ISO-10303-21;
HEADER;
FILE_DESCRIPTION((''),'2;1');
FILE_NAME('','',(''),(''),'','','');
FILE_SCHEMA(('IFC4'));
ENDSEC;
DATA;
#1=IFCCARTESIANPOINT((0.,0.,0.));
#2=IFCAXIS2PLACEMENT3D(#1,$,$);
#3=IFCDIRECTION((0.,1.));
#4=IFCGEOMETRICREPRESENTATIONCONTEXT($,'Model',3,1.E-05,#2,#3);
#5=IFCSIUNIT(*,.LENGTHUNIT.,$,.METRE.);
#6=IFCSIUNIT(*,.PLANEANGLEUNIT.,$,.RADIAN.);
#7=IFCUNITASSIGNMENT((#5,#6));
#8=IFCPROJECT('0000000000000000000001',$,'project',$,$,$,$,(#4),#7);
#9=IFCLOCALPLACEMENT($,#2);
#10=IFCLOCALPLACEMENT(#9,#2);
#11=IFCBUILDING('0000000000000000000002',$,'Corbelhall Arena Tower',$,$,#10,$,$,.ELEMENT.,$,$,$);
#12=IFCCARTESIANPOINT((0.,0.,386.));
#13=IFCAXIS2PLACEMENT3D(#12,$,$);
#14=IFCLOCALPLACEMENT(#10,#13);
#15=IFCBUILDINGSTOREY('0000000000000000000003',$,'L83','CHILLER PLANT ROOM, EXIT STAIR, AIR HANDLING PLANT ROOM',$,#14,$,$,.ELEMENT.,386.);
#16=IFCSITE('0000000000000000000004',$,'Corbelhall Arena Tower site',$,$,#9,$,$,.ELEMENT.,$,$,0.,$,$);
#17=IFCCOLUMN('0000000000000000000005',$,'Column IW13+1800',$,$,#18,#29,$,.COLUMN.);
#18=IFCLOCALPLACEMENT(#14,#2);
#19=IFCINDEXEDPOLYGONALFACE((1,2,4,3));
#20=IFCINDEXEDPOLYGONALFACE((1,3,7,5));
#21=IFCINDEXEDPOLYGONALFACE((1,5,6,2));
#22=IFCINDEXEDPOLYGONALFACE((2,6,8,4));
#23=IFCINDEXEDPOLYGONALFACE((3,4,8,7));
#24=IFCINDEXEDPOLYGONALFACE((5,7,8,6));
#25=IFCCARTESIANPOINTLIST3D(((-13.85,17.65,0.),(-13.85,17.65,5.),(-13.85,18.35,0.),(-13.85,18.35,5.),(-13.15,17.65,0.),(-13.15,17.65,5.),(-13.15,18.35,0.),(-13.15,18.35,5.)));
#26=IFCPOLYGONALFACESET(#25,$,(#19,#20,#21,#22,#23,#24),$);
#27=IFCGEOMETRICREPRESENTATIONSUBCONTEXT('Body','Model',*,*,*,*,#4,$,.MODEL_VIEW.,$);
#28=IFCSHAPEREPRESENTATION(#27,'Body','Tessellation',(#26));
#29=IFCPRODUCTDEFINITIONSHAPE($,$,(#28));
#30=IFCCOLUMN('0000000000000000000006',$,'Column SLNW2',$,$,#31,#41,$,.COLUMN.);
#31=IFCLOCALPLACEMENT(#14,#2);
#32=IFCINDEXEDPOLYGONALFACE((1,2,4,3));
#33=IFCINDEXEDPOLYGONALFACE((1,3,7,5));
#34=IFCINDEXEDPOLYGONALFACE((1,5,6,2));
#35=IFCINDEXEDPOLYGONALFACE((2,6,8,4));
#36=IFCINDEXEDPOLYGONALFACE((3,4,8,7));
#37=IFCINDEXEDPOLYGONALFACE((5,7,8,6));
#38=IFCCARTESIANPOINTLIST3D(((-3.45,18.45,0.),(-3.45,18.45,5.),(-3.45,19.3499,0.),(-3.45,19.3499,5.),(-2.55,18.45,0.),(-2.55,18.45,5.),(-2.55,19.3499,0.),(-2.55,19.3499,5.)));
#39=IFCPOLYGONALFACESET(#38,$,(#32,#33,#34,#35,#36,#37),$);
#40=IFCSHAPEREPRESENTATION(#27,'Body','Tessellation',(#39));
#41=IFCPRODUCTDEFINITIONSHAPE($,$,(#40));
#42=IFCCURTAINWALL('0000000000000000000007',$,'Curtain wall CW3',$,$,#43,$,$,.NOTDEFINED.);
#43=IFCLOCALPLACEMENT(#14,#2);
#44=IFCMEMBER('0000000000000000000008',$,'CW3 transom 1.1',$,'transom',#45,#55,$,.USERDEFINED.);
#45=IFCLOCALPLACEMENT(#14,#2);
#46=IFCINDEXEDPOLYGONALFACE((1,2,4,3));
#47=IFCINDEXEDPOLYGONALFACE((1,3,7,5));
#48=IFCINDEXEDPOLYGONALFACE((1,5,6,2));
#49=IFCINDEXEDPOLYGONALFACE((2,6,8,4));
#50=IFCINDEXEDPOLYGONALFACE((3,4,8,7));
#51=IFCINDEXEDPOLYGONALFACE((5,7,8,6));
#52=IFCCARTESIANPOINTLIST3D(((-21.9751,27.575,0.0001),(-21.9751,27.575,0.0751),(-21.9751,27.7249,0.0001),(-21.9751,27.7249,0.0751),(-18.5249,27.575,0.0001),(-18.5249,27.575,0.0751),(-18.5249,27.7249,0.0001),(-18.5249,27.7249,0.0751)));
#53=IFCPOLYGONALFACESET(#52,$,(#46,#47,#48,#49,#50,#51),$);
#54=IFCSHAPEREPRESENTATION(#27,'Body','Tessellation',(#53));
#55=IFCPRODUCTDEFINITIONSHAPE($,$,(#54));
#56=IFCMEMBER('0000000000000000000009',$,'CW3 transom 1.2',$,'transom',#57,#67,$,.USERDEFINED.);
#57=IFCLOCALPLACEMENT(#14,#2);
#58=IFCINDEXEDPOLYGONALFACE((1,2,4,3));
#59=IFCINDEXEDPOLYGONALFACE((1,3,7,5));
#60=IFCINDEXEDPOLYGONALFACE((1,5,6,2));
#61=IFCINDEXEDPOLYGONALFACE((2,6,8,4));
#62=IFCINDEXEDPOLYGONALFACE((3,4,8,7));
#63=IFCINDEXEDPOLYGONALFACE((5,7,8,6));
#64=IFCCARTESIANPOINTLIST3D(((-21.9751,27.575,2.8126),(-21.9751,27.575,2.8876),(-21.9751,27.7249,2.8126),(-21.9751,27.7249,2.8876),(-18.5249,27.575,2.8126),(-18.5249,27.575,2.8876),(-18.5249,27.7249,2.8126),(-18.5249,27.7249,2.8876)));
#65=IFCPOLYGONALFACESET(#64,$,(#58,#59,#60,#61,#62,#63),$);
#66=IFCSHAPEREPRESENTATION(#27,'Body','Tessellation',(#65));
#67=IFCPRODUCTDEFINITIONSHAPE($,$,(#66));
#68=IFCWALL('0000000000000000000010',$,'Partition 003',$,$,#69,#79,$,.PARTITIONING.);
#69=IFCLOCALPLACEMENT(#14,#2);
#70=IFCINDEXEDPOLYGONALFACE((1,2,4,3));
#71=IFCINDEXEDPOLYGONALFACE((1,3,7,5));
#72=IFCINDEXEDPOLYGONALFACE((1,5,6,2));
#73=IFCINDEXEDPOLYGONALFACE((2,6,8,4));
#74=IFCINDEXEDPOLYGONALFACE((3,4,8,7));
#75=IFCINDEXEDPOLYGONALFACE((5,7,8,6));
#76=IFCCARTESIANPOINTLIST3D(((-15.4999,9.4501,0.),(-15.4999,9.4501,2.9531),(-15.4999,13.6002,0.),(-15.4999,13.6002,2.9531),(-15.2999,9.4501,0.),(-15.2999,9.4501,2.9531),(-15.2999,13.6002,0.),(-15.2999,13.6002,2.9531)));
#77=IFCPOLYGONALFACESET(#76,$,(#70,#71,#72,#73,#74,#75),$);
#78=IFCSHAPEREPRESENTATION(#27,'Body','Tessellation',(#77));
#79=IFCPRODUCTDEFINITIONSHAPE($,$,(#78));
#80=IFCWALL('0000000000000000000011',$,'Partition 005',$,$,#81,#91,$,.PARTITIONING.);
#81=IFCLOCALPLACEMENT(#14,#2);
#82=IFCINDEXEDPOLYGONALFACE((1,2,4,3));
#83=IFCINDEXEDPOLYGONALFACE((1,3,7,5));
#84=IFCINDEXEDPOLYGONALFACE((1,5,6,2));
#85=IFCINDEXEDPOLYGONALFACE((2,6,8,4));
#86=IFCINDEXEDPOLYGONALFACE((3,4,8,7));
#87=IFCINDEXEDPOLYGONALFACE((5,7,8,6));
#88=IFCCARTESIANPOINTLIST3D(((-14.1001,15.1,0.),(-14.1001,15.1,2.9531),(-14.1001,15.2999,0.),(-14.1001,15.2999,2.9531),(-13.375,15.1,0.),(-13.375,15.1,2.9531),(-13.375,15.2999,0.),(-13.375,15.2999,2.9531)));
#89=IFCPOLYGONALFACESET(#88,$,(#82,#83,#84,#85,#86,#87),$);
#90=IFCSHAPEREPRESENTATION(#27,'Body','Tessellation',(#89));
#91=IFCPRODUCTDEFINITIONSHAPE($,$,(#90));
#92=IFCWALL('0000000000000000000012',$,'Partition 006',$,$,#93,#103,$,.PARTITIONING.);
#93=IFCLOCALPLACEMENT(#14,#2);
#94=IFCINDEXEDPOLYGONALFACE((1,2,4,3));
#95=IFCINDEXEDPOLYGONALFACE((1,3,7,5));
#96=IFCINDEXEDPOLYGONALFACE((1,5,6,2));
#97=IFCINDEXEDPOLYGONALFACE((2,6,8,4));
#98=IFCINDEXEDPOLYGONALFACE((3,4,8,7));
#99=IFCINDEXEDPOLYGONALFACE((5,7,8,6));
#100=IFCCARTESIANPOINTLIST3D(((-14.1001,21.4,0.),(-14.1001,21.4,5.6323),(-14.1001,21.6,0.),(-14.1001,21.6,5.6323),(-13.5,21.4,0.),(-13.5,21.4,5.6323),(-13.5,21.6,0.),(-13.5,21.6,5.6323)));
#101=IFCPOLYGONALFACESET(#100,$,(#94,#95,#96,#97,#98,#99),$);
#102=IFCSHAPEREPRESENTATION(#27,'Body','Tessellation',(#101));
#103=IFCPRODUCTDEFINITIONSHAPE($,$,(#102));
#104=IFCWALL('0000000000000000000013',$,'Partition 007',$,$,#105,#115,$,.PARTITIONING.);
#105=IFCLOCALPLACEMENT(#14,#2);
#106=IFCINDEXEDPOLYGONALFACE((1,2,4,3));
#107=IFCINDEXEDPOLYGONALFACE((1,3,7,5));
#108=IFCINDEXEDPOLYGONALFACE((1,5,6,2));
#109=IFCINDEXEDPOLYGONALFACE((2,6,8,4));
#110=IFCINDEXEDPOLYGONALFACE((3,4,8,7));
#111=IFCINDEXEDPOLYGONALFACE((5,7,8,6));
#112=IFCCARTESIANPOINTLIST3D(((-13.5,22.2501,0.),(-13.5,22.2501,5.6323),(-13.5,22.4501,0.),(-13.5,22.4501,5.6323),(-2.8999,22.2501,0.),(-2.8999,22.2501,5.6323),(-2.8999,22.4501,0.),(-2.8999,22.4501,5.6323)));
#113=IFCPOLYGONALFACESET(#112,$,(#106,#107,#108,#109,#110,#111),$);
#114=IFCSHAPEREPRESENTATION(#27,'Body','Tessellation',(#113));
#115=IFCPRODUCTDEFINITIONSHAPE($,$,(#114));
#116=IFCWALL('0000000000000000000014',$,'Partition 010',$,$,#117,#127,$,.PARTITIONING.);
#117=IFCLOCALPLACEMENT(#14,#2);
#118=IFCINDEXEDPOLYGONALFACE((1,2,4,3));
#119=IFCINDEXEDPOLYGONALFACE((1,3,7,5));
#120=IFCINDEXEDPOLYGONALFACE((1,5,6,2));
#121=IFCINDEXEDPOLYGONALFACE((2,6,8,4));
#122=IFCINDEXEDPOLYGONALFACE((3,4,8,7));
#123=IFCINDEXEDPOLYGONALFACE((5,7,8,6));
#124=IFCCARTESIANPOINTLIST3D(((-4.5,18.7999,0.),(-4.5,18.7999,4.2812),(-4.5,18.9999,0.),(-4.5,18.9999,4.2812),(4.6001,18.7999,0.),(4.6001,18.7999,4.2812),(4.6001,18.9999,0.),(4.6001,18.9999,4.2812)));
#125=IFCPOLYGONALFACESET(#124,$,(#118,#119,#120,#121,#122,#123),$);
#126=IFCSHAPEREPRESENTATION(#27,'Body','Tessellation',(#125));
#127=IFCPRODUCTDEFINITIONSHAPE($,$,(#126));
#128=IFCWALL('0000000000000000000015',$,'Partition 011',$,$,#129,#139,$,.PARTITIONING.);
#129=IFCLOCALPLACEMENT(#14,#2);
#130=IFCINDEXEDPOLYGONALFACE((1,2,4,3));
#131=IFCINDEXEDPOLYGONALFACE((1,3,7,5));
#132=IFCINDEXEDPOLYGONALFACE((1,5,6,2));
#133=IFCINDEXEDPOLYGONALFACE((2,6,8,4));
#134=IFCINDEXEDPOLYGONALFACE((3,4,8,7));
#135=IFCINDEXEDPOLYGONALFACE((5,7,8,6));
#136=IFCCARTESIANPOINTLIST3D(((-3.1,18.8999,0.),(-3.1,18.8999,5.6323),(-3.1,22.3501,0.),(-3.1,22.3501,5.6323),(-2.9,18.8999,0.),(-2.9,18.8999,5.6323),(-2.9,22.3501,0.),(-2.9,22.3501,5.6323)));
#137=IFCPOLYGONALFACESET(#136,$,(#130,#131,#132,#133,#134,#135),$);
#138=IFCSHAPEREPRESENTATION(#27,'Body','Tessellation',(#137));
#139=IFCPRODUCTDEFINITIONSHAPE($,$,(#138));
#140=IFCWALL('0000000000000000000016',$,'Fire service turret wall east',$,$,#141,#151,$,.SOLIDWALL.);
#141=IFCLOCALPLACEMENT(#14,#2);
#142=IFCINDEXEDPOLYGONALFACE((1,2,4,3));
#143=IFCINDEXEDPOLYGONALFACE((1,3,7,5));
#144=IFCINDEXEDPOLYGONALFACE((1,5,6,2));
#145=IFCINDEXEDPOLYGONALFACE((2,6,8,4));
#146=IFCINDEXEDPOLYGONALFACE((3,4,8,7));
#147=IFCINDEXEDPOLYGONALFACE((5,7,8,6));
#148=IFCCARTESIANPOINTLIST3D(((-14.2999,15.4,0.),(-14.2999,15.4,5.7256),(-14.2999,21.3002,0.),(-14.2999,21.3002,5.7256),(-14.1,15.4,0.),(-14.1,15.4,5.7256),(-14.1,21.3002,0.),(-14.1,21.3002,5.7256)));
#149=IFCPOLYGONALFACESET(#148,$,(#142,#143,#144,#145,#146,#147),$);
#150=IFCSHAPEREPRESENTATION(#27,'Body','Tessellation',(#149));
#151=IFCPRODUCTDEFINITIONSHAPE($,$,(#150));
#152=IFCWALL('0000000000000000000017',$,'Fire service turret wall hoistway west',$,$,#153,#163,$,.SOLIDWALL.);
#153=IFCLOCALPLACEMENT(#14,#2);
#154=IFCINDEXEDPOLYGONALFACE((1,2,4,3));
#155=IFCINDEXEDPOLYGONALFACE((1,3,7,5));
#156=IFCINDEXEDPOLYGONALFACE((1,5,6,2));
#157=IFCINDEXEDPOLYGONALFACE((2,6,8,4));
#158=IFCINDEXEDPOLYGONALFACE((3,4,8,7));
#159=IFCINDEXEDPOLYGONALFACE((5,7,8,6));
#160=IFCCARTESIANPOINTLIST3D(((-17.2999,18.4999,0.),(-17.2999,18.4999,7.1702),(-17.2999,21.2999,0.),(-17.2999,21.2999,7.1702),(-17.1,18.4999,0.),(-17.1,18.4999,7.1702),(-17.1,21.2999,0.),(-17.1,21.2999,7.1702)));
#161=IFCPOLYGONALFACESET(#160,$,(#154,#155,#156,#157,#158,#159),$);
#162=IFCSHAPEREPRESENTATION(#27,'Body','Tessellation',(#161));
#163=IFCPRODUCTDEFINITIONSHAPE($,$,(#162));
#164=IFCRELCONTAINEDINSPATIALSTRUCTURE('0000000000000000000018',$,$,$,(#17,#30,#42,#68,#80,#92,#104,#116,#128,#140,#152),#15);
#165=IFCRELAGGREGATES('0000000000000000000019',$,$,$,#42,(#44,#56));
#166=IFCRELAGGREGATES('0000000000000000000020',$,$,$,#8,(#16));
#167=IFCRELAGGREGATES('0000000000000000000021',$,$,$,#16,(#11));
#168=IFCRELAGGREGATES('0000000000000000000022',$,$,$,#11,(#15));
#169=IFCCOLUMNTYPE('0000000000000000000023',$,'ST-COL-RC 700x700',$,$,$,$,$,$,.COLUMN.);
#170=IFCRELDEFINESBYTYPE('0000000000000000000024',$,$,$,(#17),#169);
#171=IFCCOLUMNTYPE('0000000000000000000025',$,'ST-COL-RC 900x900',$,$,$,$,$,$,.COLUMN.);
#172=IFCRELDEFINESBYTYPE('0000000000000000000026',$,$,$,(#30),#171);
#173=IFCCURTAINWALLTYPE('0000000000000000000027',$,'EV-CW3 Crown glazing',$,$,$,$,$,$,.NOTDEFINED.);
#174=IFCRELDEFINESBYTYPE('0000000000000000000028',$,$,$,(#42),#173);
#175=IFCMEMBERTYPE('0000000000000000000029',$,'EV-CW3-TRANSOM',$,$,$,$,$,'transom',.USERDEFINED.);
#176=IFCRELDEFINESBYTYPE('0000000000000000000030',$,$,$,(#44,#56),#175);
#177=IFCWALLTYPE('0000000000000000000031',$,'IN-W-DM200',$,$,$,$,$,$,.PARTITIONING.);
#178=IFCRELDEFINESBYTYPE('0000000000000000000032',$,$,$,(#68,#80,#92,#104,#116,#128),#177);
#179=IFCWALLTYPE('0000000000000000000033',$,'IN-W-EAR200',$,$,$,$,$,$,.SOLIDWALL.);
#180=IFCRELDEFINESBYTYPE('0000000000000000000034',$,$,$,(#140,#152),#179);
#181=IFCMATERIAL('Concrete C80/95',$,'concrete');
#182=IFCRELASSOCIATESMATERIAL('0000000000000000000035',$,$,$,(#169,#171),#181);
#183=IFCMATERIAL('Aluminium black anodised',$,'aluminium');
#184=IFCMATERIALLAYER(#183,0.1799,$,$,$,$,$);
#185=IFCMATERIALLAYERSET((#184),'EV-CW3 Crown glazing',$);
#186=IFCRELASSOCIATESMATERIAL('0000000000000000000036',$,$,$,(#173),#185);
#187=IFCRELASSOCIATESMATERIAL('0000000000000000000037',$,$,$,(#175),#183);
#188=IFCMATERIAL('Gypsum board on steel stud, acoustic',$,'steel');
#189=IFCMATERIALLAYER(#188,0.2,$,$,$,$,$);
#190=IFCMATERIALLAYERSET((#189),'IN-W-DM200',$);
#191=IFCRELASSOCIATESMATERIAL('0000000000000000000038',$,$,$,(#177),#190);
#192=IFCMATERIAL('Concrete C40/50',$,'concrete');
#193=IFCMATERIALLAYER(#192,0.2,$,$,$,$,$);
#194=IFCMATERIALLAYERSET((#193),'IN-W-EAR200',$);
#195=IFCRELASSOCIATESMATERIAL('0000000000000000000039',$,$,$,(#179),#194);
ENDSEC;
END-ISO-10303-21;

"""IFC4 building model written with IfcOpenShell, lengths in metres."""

from ifc_helpers import new_model, si_unit, direction, frame, frame_2d, origin, origin_2d, place, context, subcontext, project, spatial, rectangle, extrude, material, layer, layer_set, material_profile, profile_set, type_object, element, aggregate, save


model = new_model("IFC4")

# Units and contexts
model_context = context("Model", 3, precision=1e-05, world=origin(), true_north=direction((0.0, 1.0)))
body_context = subcontext(model_context, "Body", "Model", "MODEL_VIEW")
ifc_project = project(units=[si_unit("LENGTHUNIT", "METRE"), si_unit("PLANEANGLEUNIT", "RADIAN")], contexts=[model_context])

# Site, building, storey
site_placement = place(None, origin())
site = spatial("IfcSite", under=ifc_project, at=site_placement, Name="Corbelhall Arena Tower site", CompositionType="ELEMENT", RefElevation=0.0)
building_placement = place(site_placement, origin())
building = spatial("IfcBuilding", under=site, at=building_placement, Name="Corbelhall Arena Tower", CompositionType="ELEMENT")
storey_placement = place(building_placement, frame((0.0, 0.0, 386.0)))
storey = spatial("IfcBuildingStorey", under=building, at=storey_placement, Name="L83", Description="CHILLER PLANT ROOM, EXIT STAIR, AIR HANDLING PLANT ROOM", CompositionType="ELEMENT", Elevation=386.0)

# Columns
ifc_material_1 = material(Name="Concrete C80/95", Category="concrete")
ifc_material_profile_1 = material_profile(ifc_material_1, rectangle(XDim=0.7, YDim=0.7, at=origin_2d()))
ifc_profile_set_1 = profile_set([ifc_material_profile_1], Name="Concrete C80/95")
column_type_1 = type_object("IfcColumnType", Name="ST-COL-RC 700x700", PredefinedType="COLUMN", material=ifc_profile_set_1)
column_1_placement = place(storey_placement, frame((-13.5, 18.0, 0.0), z_axis=(0.0, 0.0, 1.0), x_axis=(1.0, 0.0, 0.0)))
element("IfcColumn", 1, at=column_1_placement, inside=storey, type_object=column_type_1, Name="Column IW13+1800", PredefinedType="COLUMN", context=body_context, shape_type="SweptSolid", body=[
    extrude(rectangle(XDim=0.7, YDim=0.7, at=origin_2d()), origin(), (0.0, 0.0, 1.0), 5.0),
])
ifc_material_profile_2 = material_profile(ifc_material_1, rectangle(XDim=0.8999, YDim=0.8999, at=origin_2d()))
ifc_profile_set_2 = profile_set([ifc_material_profile_2], Name="Concrete C80/95")
column_type_2 = type_object("IfcColumnType", Name="ST-COL-RC 900x900", PredefinedType="COLUMN", material=ifc_profile_set_2)
column_2_placement = place(storey_placement, frame((-3.0, 18.8999, 0.0), z_axis=(0.0, 0.0, 1.0), x_axis=(1.0, 0.0, 0.0)))
element("IfcColumn", 2, at=column_2_placement, inside=storey, type_object=column_type_2, Name="Column SLNW2", PredefinedType="COLUMN", context=body_context, shape_type="SweptSolid", body=[
    extrude(rectangle(XDim=0.8999, YDim=0.8999, at=origin_2d()), origin(), (0.0, 0.0, 1.0), 5.0),
])

# Curtain wall, members
ifc_material_2 = material(Name="Aluminium black anodised", Category="aluminium")
ifc_layer_1 = layer(ifc_material_2, 0.1799)
ifc_layer_set_1 = layer_set([ifc_layer_1], Name="EV-CW3 Crown glazing")
curtain_wall_type = type_object("IfcCurtainWallType", Name="EV-CW3 Crown glazing", PredefinedType="NOTDEFINED", material=ifc_layer_set_1)
curtain_wall_placement = place(storey_placement, origin())
curtain_wall = element("IfcCurtainWall", 3, at=curtain_wall_placement, inside=storey, type_object=curtain_wall_type, Name="Curtain wall CW3", PredefinedType="NOTDEFINED")
ifc_material_profile_3 = material_profile(ifc_material_2, rectangle(XDim=0.1499, YDim=0.075, at=origin_2d()))
ifc_profile_set_3 = profile_set([ifc_material_profile_3], Name="Aluminium black anodised")
member_type = type_object("IfcMemberType", Name="EV-CW3-TRANSOM", ElementType="transom", PredefinedType="USERDEFINED", material=ifc_profile_set_3)
member_1_placement = place(storey_placement, frame((-18.5249, 27.6499, 0.0376), z_axis=(-1.0, 0.0, 0.0), x_axis=(0.0, -1.0, 0.0)))
member_1 = element("IfcMember", 4, at=member_1_placement, type_object=member_type, Name="CW3 transom 1.1", ObjectType="transom", PredefinedType="USERDEFINED", context=body_context, shape_type="SweptSolid", body=[
    extrude(rectangle(XDim=0.1499, YDim=0.075, at=origin_2d()), origin(), (0.0, 0.0, 1.0), 3.4502),
])
member_2_placement = place(storey_placement, frame((-18.5249, 27.6499, 2.8501), z_axis=(-1.0, 0.0, 0.0), x_axis=(0.0, -1.0, 0.0)))
member_2 = element("IfcMember", 5, at=member_2_placement, type_object=member_type, Name="CW3 transom 1.2", ObjectType="transom", PredefinedType="USERDEFINED", context=body_context, shape_type="SweptSolid", body=[
    extrude(rectangle(XDim=0.1499, YDim=0.075, at=origin_2d()), origin(), (0.0, 0.0, 1.0), 3.4502),
])
aggregate(curtain_wall, [member_1, member_2])

# Wall
ifc_material_3 = material(Name="Gypsum board on steel stud, acoustic", Category="steel")
ifc_layer_2 = layer(ifc_material_3, 0.2)
ifc_layer_set_2 = layer_set([ifc_layer_2], Name="IN-W-DM200")
wall_type_1 = type_object("IfcWallType", Name="IN-W-DM200", PredefinedType="PARTITIONING", material=ifc_layer_set_2)
wall_1_placement = place(storey_placement, frame((-15.3999, 9.45, 0.0), z_axis=(0.0, 0.0, 1.0), x_axis=(0.0, 1.0, 0.0)))
element("IfcWall", 6, at=wall_1_placement, inside=storey, type_object=wall_type_1, Name="Partition 003", PredefinedType="PARTITIONING", context=body_context, shape_type="SweptSolid", body=[
    extrude(rectangle(XDim=4.1501, YDim=0.2, at=frame_2d((2.0752, 0.0))), origin(), (0.0, 0.0, 1.0), 2.9531),
])

# Walls
wall_2_placement = place(storey_placement, frame((-14.1001, 15.2, 0.0), z_axis=(0.0, 0.0, 1.0), x_axis=(1.0, 0.0, 0.0)))
element("IfcWall", 7, at=wall_2_placement, inside=storey, type_object=wall_type_1, Name="Partition 005", PredefinedType="PARTITIONING", context=body_context, shape_type="SweptSolid", body=[
    extrude(rectangle(XDim=0.7251, YDim=0.2, at=frame_2d((0.3625, 0.0))), origin(), (0.0, 0.0, 1.0), 2.9531),
])
wall_3_placement = place(storey_placement, frame((-13.5, 21.5, 0.0), z_axis=(0.0, 0.0, 1.0), x_axis=(-1.0, 0.0, 0.0)))
element("IfcWall", 8, at=wall_3_placement, inside=storey, type_object=wall_type_1, Name="Partition 006", PredefinedType="PARTITIONING", context=body_context, shape_type="SweptSolid", body=[
    extrude(rectangle(XDim=0.6001, YDim=0.2, at=frame_2d((0.3, 0.0))), origin(), (0.0, 0.0, 1.0), 5.6323),
])
wall_4_placement = place(storey_placement, frame((-13.5, 22.3501, 0.0), z_axis=(0.0, 0.0, 1.0), x_axis=(1.0, 0.0, 0.0)))
element("IfcWall", 9, at=wall_4_placement, inside=storey, type_object=wall_type_1, Name="Partition 007", PredefinedType="PARTITIONING", context=body_context, shape_type="SweptSolid", body=[
    extrude(rectangle(XDim=10.6001, YDim=0.2, at=frame_2d((5.3, 0.0))), origin(), (0.0, 0.0, 1.0), 5.6323),
])

# Walls
wall_5_placement = place(storey_placement, frame((-4.5, 18.8999, 0.0), z_axis=(0.0, 0.0, 1.0), x_axis=(1.0, 0.0, 0.0)))
element("IfcWall", 10, at=wall_5_placement, inside=storey, type_object=wall_type_1, Name="Partition 010", PredefinedType="PARTITIONING", context=body_context, shape_type="SweptSolid", body=[
    extrude(rectangle(XDim=9.1001, YDim=0.2, at=frame_2d((4.55, 0.0))), origin(), (0.0, 0.0, 1.0), 4.2812),
])
wall_6_placement = place(storey_placement, frame((-3.0, 22.3501, 0.0), z_axis=(0.0, 0.0, 1.0), x_axis=(0.0, -1.0, 0.0)))
element("IfcWall", 11, at=wall_6_placement, inside=storey, type_object=wall_type_1, Name="Partition 011", PredefinedType="PARTITIONING", context=body_context, shape_type="SweptSolid", body=[
    extrude(rectangle(XDim=3.4502, YDim=0.2, at=frame_2d((1.7251, 0.0))), origin(), (0.0, 0.0, 1.0), 5.6323),
])
ifc_material_4 = material(Name="Concrete C40/50", Category="concrete")
ifc_layer_3 = layer(ifc_material_4, 0.2)
ifc_layer_set_3 = layer_set([ifc_layer_3], Name="IN-W-EAR200")
wall_type_2 = type_object("IfcWallType", Name="IN-W-EAR200", PredefinedType="SOLIDWALL", material=ifc_layer_set_3)
wall_7_placement = place(storey_placement, frame((-14.2, 15.3999, 0.0), z_axis=(0.0, 0.0, 1.0), x_axis=(0.0, 1.0, 0.0)))
element("IfcWall", 12, at=wall_7_placement, inside=storey, type_object=wall_type_2, Name="Fire service turret wall east", PredefinedType="SOLIDWALL", context=body_context, shape_type="SweptSolid", body=[
    extrude(rectangle(XDim=5.9001, YDim=0.2, at=frame_2d((2.9502, 0.0))), origin(), (0.0, 0.0, 1.0), 5.7256),
])

# Wall
wall_8_placement = place(storey_placement, frame((-17.2, 18.5, 0.0), z_axis=(0.0, 0.0, 1.0), x_axis=(0.0, 1.0, 0.0)))
element("IfcWall", 13, at=wall_8_placement, inside=storey, type_object=wall_type_2, Name="Fire service turret wall hoistway west", PredefinedType="SOLIDWALL", context=body_context, shape_type="SweptSolid", body=[
    extrude(rectangle(XDim=2.8, YDim=0.2, at=frame_2d((1.3999, 0.0))), origin(), (0.0, 0.0, 1.0), 7.1702),
])

save(model, "model.ifc")
